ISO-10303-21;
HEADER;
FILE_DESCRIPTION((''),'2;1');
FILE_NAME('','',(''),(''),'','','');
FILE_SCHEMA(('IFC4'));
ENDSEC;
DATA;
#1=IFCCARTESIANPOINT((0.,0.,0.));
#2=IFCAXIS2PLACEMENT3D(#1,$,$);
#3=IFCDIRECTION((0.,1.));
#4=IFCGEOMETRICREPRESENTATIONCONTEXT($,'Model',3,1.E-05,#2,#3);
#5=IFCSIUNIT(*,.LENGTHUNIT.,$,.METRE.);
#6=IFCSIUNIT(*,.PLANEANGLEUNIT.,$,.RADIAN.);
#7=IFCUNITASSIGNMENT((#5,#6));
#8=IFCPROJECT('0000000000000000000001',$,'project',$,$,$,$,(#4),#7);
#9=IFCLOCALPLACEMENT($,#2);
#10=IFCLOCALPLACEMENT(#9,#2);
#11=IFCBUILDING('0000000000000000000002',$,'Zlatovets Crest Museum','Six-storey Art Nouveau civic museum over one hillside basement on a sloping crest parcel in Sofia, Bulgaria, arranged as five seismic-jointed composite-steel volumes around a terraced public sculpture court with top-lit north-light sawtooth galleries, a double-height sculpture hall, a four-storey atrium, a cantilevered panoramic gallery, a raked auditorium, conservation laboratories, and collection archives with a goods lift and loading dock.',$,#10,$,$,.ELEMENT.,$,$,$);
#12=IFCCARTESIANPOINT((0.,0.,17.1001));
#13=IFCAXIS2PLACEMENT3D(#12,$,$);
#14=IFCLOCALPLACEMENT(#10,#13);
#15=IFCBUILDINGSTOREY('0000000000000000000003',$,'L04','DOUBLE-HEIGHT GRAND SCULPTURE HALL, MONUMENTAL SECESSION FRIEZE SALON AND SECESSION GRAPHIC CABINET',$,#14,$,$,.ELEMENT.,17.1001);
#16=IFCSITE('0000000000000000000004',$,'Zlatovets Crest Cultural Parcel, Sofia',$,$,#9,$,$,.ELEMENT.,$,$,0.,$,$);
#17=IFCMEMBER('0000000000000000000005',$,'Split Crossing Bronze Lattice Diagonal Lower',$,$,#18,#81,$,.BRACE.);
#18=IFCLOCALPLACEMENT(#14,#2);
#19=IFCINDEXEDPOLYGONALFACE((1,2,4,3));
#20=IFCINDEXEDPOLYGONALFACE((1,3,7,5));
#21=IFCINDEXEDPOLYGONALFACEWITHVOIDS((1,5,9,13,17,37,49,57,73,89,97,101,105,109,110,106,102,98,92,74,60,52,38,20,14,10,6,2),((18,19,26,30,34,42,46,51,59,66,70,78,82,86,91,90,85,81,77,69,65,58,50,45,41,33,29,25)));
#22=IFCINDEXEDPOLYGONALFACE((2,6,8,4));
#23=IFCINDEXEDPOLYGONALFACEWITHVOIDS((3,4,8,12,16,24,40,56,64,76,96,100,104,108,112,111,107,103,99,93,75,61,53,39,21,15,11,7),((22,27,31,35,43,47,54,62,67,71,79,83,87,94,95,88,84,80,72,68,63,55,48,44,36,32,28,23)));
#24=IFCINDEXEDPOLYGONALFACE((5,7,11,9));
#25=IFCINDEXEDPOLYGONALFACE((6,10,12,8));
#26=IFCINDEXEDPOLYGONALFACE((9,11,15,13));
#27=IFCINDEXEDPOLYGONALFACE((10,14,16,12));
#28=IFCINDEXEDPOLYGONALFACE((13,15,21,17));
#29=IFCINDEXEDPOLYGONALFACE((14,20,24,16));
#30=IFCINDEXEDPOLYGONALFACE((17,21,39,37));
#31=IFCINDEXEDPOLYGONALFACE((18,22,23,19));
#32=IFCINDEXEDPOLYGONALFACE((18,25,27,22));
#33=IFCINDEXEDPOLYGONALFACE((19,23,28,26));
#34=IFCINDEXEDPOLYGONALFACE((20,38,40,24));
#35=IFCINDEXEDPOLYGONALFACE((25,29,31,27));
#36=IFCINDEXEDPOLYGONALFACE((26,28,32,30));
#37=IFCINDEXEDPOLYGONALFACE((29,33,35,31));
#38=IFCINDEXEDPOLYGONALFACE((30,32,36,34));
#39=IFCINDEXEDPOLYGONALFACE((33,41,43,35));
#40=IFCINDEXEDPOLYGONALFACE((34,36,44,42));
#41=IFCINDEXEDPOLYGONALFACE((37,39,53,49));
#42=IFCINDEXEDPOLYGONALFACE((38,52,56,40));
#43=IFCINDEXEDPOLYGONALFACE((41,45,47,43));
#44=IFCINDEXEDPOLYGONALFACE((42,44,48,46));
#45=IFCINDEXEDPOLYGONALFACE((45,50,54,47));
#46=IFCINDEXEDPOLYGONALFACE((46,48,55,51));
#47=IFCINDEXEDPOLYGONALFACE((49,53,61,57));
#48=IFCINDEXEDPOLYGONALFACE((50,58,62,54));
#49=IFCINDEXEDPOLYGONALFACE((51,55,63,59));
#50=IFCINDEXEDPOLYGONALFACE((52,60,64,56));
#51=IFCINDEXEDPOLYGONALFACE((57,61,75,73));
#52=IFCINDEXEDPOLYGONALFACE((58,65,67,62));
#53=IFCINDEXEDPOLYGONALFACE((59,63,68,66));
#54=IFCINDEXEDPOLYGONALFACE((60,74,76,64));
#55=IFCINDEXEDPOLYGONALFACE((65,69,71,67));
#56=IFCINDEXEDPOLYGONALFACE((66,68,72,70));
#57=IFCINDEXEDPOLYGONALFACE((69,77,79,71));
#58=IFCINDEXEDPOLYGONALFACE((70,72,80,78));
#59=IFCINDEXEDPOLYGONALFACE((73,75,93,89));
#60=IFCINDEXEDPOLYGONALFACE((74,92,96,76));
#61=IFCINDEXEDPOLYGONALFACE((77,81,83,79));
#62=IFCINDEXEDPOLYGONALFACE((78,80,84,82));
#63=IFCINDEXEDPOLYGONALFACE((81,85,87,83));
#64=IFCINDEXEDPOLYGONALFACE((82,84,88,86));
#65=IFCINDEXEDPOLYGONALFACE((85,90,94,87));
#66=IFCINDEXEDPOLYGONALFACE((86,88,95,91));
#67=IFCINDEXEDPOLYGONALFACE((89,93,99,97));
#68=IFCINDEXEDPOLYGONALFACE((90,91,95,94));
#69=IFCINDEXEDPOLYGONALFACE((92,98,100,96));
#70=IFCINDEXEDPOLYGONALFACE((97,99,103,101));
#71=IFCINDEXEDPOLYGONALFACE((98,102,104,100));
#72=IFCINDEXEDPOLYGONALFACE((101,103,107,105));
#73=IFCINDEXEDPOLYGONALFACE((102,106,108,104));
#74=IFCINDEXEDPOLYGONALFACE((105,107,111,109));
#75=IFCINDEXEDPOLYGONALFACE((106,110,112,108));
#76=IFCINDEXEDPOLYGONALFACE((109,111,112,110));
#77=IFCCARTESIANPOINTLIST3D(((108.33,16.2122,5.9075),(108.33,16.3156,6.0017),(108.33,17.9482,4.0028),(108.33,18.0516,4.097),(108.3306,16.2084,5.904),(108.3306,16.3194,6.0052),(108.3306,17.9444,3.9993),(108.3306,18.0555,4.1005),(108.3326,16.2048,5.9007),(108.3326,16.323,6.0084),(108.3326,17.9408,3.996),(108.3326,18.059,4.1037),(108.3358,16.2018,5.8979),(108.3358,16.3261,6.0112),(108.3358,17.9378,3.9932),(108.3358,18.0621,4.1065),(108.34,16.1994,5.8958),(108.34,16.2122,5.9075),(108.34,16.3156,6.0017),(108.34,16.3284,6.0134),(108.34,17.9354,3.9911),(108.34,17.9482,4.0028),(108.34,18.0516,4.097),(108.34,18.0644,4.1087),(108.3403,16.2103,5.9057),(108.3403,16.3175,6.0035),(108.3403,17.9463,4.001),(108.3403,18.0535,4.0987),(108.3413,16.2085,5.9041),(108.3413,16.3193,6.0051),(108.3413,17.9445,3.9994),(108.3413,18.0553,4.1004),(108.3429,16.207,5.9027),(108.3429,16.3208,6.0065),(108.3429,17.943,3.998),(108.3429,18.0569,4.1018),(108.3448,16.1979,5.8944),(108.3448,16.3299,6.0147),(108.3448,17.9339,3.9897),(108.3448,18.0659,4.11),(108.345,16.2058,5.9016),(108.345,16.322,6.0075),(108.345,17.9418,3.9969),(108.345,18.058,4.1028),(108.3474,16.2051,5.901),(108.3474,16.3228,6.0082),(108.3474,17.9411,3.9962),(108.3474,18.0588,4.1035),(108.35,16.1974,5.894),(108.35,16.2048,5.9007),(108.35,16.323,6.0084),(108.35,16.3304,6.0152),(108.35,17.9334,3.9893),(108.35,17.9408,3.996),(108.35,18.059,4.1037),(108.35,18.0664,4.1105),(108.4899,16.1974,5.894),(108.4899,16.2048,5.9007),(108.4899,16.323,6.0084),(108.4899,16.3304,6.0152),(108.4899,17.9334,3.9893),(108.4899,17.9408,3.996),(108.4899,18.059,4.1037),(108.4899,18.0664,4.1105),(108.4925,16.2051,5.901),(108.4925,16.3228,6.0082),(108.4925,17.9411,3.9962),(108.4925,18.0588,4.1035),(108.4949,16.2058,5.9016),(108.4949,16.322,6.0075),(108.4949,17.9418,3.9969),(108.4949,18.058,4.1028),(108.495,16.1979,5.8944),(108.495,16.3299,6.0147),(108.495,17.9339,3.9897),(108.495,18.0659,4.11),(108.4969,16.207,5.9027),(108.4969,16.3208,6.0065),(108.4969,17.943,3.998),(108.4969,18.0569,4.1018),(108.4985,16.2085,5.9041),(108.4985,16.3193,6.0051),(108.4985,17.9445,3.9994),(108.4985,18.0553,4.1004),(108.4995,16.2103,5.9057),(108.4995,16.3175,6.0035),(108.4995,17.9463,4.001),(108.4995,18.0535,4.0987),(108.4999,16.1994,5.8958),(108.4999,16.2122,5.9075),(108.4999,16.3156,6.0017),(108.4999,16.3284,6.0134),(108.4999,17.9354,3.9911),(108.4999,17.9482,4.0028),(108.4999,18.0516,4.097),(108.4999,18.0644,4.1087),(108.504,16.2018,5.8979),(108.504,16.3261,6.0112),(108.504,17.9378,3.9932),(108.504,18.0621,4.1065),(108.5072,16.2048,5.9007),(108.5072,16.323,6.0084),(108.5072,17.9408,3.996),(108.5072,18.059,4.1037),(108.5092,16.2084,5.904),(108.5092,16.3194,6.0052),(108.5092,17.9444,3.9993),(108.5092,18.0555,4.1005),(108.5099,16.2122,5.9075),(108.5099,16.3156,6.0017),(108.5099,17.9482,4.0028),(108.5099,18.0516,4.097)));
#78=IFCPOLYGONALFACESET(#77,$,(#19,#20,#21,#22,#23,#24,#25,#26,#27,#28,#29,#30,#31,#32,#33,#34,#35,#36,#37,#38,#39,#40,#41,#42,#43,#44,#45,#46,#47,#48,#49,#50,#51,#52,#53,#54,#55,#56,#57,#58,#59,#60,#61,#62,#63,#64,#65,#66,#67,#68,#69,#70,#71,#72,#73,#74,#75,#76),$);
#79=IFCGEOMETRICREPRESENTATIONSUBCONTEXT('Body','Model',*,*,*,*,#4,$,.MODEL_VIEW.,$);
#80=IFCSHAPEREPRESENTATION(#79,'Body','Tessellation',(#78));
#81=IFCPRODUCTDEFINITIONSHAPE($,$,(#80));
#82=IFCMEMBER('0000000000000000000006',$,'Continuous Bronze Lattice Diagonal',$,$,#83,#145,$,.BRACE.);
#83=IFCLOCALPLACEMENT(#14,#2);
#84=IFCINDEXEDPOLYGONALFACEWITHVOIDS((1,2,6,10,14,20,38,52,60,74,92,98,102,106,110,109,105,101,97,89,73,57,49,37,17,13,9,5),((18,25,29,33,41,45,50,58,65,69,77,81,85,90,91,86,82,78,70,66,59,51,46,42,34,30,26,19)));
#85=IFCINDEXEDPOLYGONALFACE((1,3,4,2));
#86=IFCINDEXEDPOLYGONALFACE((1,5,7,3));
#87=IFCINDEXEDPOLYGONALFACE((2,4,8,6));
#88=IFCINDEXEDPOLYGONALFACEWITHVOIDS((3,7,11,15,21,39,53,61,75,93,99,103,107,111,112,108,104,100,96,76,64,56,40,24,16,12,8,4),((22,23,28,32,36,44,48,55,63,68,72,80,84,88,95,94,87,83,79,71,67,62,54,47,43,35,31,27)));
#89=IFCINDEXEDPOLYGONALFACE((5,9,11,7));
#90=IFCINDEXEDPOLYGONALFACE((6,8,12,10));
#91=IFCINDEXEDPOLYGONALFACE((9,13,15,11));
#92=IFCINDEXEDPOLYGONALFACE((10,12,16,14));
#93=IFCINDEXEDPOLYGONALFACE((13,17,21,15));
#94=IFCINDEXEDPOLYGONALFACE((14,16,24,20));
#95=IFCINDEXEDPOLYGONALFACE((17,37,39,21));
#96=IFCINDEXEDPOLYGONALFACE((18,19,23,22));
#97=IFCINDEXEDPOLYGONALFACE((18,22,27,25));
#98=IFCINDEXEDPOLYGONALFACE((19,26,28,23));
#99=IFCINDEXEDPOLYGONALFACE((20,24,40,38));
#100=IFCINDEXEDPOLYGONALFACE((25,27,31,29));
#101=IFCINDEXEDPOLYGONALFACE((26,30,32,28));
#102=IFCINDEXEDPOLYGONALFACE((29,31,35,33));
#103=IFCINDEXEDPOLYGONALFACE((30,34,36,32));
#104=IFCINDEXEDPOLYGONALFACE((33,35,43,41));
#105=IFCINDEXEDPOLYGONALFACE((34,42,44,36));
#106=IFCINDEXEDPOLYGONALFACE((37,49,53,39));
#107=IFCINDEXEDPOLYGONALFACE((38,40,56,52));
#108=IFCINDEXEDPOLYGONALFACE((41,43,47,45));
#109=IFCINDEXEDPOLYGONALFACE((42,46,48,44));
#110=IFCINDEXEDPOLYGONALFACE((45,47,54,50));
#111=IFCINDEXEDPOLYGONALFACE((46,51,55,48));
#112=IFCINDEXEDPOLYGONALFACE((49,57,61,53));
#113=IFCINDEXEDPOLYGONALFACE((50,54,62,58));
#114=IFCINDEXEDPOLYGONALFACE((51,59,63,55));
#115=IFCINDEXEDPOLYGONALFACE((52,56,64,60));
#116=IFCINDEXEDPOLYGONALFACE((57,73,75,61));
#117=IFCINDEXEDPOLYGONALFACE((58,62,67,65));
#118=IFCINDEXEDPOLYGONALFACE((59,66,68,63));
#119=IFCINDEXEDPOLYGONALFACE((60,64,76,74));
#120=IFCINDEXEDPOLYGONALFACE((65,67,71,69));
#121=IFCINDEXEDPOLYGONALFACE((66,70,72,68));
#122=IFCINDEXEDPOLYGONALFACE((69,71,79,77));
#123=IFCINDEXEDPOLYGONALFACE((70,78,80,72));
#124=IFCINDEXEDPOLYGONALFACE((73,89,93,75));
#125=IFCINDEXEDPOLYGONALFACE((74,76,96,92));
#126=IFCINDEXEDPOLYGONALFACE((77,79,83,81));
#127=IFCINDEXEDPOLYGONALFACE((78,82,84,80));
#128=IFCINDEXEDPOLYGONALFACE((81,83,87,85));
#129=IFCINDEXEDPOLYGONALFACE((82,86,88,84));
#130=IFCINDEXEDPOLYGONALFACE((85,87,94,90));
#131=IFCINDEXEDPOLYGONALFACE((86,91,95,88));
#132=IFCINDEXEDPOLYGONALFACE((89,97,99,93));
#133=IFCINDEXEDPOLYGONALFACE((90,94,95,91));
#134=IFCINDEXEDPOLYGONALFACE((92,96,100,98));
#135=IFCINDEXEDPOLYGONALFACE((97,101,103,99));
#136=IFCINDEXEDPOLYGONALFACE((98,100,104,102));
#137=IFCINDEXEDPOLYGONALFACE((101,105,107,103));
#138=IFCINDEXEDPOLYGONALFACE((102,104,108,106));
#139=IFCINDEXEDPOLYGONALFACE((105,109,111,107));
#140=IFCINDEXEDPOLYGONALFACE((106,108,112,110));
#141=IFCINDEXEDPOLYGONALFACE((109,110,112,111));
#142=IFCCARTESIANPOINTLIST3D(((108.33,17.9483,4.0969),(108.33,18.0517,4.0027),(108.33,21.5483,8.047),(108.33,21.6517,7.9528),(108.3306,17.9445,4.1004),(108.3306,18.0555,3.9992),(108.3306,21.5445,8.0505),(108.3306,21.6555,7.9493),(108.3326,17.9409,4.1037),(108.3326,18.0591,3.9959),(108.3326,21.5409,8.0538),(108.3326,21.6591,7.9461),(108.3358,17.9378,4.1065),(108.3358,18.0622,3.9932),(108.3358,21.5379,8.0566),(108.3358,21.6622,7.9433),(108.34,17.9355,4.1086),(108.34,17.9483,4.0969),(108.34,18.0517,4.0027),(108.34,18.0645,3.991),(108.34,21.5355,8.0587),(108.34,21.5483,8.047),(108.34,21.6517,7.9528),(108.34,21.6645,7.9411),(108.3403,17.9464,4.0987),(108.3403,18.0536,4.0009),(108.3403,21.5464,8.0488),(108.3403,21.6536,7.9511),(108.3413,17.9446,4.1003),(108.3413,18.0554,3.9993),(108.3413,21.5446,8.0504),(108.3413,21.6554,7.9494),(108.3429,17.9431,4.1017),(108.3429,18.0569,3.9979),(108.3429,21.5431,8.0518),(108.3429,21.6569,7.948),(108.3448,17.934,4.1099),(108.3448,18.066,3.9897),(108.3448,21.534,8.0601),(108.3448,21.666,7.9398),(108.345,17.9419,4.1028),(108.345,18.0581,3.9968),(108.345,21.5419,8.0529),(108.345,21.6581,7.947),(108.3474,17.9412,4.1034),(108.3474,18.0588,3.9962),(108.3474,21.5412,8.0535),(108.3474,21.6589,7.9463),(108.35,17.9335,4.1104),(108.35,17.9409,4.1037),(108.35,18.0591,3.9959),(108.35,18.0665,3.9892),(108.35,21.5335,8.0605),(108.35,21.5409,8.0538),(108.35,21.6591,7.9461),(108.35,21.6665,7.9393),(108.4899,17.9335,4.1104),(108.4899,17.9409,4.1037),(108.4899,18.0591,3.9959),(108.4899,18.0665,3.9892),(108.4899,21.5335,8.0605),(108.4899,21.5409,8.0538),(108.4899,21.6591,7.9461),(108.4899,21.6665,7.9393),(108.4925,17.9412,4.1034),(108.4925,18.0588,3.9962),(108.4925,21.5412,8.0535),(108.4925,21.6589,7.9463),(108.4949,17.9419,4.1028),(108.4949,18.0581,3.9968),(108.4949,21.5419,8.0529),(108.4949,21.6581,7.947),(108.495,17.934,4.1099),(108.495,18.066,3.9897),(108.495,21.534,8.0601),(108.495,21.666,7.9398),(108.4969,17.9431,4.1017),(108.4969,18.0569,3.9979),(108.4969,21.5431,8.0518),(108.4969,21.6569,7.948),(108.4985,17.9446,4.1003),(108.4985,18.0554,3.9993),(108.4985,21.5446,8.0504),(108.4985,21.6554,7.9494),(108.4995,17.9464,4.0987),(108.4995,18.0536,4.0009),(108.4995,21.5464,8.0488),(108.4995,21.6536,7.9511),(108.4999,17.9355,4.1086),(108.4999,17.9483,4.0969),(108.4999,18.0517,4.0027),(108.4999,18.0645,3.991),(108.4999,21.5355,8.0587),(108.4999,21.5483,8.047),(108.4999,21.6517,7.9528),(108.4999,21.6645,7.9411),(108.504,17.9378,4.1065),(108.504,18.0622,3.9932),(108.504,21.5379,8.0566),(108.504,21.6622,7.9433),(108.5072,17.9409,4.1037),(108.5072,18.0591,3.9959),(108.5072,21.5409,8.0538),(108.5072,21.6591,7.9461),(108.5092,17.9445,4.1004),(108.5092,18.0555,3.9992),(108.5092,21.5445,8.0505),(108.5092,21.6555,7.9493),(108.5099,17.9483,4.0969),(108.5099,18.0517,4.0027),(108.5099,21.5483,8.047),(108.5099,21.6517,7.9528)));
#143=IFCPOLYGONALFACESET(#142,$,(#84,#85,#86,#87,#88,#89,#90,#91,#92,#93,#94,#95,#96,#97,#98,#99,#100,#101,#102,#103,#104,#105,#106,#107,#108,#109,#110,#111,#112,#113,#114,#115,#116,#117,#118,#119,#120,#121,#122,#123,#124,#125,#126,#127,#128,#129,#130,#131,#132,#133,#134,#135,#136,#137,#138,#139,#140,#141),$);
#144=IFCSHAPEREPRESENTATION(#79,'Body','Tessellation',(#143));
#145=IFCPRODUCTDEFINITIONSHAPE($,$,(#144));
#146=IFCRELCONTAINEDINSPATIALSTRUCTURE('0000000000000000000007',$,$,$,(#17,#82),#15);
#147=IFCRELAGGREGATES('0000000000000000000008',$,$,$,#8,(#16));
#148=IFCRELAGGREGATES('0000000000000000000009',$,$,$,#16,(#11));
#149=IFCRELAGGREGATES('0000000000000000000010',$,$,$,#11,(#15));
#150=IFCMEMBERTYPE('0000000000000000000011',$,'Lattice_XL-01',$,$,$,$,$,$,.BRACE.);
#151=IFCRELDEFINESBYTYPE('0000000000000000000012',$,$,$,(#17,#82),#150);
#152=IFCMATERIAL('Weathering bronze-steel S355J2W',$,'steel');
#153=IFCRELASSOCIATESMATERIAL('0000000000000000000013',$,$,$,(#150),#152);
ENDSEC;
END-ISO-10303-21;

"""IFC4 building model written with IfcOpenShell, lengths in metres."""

from ifc_helpers import new_model, si_unit, direction, frame, origin, origin_2d, place, context, subcontext, project, spatial, hollow_rectangle, extrude, material, material_profile, profile_set, type_object, element, save


model = new_model("IFC4")

# Units and contexts
model_context = context("Model", 3, precision=1e-05, world=origin(), true_north=direction((0.0, 1.0)))
body_context = subcontext(model_context, "Body", "Model", "MODEL_VIEW")
ifc_project = project(units=[si_unit("LENGTHUNIT", "METRE"), si_unit("PLANEANGLEUNIT", "RADIAN")], contexts=[model_context])

# Site, building, storey
site_placement = place(None, origin())
site = spatial("IfcSite", under=ifc_project, at=site_placement, Name="Zlatovets Crest Cultural Parcel, Sofia", CompositionType="ELEMENT", RefElevation=0.0)
building_placement = place(site_placement, origin())
building = spatial("IfcBuilding", under=site, at=building_placement, Name="Zlatovets Crest Museum", Description="Six-storey Art Nouveau civic museum over one hillside basement on a sloping crest parcel in Sofia, Bulgaria, arranged as five seismic-jointed composite-steel volumes around a terraced public sculpture court with top-lit north-light sawtooth galleries, a double-height sculpture hall, a four-storey atrium, a cantilevered panoramic gallery, a raked auditorium, conservation laboratories, and collection archives with a goods lift and loading dock.", CompositionType="ELEMENT")
storey_placement = place(building_placement, frame((0.0, 0.0, 17.1001)))
storey = spatial("IfcBuildingStorey", under=building, at=storey_placement, Name="L04", Description="DOUBLE-HEIGHT GRAND SCULPTURE HALL, MONUMENTAL SECESSION FRIEZE SALON AND SECESSION GRAPHIC CABINET", CompositionType="ELEMENT", Elevation=17.1001)

# Members
ifc_material_1 = material(Name="Weathering bronze-steel S355J2W", Category="steel")
ifc_material_profile_1 = material_profile(ifc_material_1, hollow_rectangle(XDim=0.1799, YDim=0.1799, WallThickness=0.01, InnerFilletRadius=0.01, OuterFilletRadius=0.02, at=origin_2d()), Name="SHS 180x180x10.0")
ifc_profile_set_1 = profile_set([ifc_material_profile_1], Name="Weathering bronze-steel S355J2W")
member_type_1 = type_object("IfcMemberType", Name="Lattice_XL-01", PredefinedType="BRACE", material=ifc_profile_set_1)
for number, where, z_axis, x_axis, name in (
    (1, (108.4199, 16.2639, 5.9546), (0.0, 0.67362, -0.739078), (-1.0, 0.0, 0.0), "Split Crossing Bronze Lattice Diagonal Lower"),
):
    element("IfcMember", number, at=place(storey_placement, frame(where, z_axis=z_axis, x_axis=x_axis)), inside=storey, type_object=member_type_1, Name=name, PredefinedType="BRACE", context=body_context, shape_type="SweptSolid", body=[
        extrude(hollow_rectangle(XDim=0.1799, YDim=0.1799, WallThickness=0.01, InnerFilletRadius=0.01, OuterFilletRadius=0.02, at=origin_2d()), origin(), (0.0, 0.0, 1.0), 2.5771),
    ])
member_1_placement = place(storey_placement, frame((108.4199, 18.0, 4.0498), z_axis=(0.0, 0.673595, 0.7391), x_axis=(-1.0, 0.0, 0.0)))
element("IfcMember", 2, at=member_1_placement, inside=storey, type_object=member_type_1, Name="Continuous Bronze Lattice Diagonal", PredefinedType="BRACE", context=body_context, shape_type="SweptSolid", body=[
    extrude(hollow_rectangle(XDim=0.1799, YDim=0.1799, WallThickness=0.01, InnerFilletRadius=0.01, OuterFilletRadius=0.02, at=origin_2d()), origin(), (0.0, 0.0, 1.0), 5.3445),
])

save(model, "model.ifc")
